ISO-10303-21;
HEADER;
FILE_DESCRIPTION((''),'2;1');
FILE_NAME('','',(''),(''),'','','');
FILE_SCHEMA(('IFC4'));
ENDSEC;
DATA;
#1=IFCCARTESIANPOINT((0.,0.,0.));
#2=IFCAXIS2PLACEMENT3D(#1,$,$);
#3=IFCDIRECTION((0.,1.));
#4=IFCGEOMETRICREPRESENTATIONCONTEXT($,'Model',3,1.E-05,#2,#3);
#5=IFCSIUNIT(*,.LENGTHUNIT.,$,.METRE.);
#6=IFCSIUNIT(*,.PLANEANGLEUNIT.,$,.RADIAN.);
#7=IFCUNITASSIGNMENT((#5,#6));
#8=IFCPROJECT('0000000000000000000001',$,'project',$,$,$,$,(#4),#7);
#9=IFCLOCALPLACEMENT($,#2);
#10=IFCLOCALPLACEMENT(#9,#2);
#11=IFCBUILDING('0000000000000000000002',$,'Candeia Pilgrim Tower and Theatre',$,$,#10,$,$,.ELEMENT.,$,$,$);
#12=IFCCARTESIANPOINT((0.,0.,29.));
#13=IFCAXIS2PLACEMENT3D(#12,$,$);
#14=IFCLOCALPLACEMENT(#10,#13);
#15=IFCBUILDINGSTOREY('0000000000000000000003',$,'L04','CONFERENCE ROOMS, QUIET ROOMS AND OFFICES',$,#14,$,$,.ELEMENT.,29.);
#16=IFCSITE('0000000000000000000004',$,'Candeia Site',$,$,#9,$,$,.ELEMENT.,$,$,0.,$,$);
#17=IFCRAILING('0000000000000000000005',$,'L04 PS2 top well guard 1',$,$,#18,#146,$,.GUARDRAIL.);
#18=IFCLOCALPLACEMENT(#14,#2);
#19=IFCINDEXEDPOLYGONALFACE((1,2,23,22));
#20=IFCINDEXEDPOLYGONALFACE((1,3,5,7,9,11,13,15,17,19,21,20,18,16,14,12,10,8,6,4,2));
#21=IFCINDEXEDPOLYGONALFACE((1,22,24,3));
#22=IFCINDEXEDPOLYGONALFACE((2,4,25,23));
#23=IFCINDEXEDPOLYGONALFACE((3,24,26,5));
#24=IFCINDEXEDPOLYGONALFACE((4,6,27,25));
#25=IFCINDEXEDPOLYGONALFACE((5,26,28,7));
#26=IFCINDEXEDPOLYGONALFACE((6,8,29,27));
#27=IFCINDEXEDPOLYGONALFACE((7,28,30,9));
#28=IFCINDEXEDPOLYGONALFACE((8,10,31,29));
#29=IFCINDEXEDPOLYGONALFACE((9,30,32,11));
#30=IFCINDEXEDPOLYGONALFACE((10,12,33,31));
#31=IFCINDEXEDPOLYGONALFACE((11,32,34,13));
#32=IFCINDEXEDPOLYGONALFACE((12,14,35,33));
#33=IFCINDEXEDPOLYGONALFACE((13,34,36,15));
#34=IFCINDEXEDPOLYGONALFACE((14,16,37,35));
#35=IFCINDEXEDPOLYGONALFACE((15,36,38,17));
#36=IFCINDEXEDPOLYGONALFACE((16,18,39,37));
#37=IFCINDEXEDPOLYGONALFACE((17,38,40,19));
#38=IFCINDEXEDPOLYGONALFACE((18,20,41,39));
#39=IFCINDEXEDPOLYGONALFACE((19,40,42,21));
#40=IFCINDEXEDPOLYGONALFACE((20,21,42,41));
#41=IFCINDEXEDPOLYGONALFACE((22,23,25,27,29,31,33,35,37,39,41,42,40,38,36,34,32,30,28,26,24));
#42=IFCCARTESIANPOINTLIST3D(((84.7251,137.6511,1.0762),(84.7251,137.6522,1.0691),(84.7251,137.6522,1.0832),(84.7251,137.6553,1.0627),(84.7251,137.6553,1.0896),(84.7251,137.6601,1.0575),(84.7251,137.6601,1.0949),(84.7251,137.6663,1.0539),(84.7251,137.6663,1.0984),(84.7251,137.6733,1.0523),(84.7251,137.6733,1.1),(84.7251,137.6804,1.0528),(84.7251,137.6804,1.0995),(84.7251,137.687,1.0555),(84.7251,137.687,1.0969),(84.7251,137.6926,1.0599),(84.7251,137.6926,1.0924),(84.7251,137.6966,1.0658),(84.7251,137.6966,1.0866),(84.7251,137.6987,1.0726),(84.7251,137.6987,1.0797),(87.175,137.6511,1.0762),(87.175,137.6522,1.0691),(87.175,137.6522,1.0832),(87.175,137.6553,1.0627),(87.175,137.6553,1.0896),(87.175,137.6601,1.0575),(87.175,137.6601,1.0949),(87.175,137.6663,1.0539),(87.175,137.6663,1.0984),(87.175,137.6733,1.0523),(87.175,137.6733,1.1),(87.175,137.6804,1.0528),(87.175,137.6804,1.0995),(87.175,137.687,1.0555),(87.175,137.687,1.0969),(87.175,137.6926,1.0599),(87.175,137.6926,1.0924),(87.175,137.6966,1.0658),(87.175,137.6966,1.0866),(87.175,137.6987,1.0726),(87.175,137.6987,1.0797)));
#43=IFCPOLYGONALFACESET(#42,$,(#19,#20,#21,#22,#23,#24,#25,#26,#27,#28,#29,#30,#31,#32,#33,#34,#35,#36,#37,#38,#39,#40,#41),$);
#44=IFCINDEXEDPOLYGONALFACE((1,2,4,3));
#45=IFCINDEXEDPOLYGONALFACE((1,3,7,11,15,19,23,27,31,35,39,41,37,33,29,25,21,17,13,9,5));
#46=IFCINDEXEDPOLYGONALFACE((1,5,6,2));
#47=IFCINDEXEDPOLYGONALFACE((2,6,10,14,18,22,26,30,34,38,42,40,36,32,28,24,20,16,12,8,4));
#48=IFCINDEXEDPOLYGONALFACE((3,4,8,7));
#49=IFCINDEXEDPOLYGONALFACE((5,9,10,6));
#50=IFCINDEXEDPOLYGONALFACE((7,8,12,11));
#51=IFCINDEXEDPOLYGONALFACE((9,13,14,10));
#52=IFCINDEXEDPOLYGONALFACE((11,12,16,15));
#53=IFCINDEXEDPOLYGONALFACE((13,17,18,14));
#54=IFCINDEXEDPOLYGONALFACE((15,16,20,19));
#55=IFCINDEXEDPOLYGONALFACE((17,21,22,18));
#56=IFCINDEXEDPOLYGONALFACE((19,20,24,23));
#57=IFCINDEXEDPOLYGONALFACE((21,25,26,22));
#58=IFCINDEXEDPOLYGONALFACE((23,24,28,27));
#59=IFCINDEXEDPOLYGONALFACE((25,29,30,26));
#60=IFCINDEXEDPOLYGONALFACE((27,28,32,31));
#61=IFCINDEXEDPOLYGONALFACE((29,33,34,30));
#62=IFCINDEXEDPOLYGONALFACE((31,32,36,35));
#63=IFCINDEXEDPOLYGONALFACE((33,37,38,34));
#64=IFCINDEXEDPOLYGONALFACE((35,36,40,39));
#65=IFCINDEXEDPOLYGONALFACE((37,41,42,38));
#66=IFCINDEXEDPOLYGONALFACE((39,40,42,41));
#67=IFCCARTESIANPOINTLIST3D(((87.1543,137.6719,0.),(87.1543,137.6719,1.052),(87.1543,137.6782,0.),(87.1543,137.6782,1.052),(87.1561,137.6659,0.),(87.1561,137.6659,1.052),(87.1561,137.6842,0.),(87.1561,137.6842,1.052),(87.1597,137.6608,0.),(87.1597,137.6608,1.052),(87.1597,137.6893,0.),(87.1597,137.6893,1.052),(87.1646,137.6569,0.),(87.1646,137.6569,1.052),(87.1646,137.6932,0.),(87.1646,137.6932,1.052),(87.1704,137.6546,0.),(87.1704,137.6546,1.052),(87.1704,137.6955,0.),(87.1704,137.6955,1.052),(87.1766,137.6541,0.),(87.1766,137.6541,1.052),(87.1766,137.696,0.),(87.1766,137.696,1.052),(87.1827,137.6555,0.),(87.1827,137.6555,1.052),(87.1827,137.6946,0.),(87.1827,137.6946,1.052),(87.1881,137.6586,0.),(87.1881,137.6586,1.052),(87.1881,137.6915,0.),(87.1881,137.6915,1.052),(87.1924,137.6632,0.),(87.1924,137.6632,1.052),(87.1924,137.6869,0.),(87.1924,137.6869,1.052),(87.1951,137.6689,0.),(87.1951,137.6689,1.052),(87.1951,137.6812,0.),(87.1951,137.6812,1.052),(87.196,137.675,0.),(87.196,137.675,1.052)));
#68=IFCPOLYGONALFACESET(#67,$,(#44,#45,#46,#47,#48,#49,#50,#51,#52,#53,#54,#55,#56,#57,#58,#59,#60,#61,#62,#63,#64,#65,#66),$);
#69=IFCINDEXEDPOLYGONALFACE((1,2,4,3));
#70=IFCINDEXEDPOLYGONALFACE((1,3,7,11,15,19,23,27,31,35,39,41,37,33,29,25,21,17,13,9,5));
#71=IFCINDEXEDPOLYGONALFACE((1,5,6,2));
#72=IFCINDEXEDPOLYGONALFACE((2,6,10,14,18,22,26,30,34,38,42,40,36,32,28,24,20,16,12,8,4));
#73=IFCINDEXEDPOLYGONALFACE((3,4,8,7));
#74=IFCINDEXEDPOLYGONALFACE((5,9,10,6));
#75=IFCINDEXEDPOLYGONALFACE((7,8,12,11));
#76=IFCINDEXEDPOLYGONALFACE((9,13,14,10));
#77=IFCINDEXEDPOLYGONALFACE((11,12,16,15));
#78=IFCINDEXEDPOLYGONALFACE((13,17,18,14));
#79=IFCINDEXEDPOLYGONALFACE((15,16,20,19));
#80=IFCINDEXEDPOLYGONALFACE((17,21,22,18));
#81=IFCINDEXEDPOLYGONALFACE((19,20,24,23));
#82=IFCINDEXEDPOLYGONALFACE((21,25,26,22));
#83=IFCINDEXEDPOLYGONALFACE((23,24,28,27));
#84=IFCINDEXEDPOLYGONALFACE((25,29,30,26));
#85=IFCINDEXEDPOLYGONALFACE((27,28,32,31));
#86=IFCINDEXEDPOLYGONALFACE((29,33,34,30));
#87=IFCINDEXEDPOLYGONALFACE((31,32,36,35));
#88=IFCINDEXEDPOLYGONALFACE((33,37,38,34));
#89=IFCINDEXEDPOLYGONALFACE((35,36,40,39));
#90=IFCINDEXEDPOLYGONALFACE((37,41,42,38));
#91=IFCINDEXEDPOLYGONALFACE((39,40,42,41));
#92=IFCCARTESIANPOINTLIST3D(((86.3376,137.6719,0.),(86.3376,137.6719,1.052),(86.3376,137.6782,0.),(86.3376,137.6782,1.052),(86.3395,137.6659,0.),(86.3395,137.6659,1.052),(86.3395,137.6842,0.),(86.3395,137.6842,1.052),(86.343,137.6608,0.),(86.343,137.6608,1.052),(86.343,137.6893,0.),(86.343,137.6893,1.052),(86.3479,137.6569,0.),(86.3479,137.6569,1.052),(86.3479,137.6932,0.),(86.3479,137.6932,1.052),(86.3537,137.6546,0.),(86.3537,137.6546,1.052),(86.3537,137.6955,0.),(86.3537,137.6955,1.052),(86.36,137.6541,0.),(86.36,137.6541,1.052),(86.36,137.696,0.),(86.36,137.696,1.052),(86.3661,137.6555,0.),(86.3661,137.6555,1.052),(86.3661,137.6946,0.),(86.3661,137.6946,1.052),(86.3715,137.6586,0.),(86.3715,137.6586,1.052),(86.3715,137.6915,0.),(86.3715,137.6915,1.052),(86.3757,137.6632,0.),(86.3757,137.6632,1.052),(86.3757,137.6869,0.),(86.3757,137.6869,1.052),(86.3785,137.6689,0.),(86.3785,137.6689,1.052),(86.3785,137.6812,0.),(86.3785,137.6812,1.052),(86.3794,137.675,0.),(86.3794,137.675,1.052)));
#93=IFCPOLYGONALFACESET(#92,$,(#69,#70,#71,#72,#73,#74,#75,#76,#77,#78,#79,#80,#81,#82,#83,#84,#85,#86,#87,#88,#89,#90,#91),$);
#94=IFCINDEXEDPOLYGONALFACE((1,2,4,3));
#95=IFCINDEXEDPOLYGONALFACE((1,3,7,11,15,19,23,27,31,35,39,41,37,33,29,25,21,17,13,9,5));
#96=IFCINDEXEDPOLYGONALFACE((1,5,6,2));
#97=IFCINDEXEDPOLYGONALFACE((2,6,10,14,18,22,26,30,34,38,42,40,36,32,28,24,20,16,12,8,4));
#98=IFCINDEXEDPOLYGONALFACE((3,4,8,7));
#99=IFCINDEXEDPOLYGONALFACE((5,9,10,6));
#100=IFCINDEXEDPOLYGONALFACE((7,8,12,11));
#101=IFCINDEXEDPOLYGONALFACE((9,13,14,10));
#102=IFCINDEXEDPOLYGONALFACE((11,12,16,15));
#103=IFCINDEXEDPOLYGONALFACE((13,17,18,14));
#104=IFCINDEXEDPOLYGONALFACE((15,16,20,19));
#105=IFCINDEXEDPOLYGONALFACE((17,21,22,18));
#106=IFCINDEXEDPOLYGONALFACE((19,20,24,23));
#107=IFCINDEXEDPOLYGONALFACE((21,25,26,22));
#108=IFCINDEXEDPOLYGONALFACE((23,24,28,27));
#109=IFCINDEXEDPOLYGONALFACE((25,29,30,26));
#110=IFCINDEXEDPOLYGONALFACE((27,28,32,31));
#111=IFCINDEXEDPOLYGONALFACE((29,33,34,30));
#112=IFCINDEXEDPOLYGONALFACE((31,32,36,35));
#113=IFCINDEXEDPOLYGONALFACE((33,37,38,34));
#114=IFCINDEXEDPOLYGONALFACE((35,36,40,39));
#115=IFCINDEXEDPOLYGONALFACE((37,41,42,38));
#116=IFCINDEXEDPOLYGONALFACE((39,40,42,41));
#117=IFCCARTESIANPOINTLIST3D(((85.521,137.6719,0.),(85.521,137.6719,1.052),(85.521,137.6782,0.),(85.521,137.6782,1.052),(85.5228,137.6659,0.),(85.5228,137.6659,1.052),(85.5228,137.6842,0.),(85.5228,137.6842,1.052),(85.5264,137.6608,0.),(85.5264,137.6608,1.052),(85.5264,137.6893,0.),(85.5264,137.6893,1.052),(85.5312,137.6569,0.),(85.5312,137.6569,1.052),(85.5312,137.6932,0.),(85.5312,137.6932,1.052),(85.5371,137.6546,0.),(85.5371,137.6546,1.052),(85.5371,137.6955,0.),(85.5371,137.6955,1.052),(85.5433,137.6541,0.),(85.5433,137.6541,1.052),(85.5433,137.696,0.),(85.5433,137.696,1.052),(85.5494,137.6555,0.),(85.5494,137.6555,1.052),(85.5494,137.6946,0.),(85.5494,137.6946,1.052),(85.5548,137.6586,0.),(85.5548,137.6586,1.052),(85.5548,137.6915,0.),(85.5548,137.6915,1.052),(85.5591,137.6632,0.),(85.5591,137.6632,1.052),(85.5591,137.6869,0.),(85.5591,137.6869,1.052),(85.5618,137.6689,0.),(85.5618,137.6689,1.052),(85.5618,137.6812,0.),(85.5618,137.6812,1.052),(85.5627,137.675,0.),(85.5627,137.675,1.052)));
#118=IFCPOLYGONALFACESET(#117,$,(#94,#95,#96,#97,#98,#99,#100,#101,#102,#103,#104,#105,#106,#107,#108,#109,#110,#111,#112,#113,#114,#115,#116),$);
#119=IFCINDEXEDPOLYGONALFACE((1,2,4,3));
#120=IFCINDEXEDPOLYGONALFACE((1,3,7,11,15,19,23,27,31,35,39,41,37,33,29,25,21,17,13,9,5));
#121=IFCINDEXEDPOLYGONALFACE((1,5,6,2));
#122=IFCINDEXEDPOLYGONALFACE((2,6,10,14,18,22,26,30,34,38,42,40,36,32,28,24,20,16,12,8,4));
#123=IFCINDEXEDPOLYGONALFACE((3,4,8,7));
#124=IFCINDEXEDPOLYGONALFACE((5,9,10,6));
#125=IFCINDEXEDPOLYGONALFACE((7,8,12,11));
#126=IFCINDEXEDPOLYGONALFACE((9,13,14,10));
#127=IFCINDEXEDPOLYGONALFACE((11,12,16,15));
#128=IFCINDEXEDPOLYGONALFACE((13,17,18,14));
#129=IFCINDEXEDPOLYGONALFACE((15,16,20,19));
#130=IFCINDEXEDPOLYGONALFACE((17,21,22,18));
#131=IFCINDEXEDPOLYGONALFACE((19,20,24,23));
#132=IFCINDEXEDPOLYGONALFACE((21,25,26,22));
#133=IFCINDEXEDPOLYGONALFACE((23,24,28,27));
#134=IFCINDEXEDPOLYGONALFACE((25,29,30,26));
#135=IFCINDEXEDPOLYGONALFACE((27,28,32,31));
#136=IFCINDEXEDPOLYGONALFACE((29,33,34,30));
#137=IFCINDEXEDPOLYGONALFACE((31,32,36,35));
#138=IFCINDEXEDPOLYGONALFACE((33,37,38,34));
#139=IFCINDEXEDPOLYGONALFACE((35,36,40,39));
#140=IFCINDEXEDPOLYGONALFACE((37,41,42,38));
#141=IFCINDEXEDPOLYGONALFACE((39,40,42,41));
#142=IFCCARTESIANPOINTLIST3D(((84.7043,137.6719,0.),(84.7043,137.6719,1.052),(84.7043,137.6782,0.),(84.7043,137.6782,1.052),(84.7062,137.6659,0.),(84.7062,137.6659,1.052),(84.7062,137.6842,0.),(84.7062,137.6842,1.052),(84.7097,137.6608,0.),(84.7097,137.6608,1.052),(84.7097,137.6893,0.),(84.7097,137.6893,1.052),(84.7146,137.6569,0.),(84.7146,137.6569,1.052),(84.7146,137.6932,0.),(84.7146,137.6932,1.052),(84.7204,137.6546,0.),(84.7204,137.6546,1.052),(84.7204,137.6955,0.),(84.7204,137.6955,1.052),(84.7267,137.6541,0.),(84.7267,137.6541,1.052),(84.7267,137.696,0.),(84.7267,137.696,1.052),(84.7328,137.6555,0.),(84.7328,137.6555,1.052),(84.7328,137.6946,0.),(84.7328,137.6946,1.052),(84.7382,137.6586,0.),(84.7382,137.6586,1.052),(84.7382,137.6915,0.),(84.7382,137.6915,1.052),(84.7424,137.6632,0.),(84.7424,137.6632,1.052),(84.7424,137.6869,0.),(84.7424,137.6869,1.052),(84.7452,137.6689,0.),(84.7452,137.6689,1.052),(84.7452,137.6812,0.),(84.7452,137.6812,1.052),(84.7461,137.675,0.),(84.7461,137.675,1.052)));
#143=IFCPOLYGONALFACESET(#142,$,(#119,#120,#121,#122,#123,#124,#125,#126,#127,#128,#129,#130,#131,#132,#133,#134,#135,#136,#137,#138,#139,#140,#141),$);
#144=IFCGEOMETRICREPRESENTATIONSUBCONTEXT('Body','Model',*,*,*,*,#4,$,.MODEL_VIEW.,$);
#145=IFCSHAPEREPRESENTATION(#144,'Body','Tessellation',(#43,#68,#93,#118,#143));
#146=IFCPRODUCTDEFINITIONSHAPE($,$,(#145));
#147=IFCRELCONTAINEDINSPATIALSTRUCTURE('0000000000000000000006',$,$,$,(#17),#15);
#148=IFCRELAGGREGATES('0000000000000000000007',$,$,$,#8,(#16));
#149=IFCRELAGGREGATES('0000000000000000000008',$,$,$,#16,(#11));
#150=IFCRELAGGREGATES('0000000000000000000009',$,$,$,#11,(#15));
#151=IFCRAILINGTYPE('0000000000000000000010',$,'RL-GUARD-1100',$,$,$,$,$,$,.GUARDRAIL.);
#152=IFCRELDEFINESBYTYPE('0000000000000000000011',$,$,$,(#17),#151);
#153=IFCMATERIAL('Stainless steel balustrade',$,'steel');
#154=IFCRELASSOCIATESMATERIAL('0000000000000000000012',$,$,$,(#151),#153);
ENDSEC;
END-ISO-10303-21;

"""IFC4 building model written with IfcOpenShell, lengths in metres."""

from ifc_helpers import new_model, si_unit, direction, frame, origin, origin_2d, place, context, subcontext, project, spatial, circle, extrude, material, type_object, element, save


model = new_model("IFC4")

# Units and contexts
model_context = context("Model", 3, precision=1e-05, world=origin(), true_north=direction((0.0, 1.0)))
body_context = subcontext(model_context, "Body", "Model", "MODEL_VIEW")
ifc_project = project(units=[si_unit("LENGTHUNIT", "METRE"), si_unit("PLANEANGLEUNIT", "RADIAN")], contexts=[model_context])

# Site, building, storey
site_placement = place(None, origin())
site = spatial("IfcSite", under=ifc_project, at=site_placement, Name="Candeia Site", CompositionType="ELEMENT", RefElevation=0.0)
building_placement = place(site_placement, origin())
building = spatial("IfcBuilding", under=site, at=building_placement, Name="Candeia Pilgrim Tower and Theatre", CompositionType="ELEMENT")
storey_placement = place(building_placement, frame((0.0, 0.0, 29.0)))
storey = spatial("IfcBuildingStorey", under=building, at=storey_placement, Name="L04", Description="CONFERENCE ROOMS, QUIET ROOMS AND OFFICES", CompositionType="ELEMENT", Elevation=29.0)

# Railing
ifc_material_1 = material(Name="Stainless steel balustrade", Category="steel")
railing_type = type_object("IfcRailingType", Name="RL-GUARD-1100", PredefinedType="GUARDRAIL", material=ifc_material_1)
railing_1_placement = place(storey_placement, frame((87.175, 137.675, 0.0)))
element("IfcRailing", 1, at=railing_1_placement, inside=storey, type_object=railing_type, Name="L04 PS2 top well guard 1", PredefinedType="GUARDRAIL", context=body_context, shape_type="SweptSolid", body=[
    extrude(circle(Radius=0.0239, at=origin_2d()), frame((0.0, 0.0, 1.0762), z_axis=(-1.0, 0.0, 0.0), x_axis=(0.0, -1.0, 0.0)), (0.0, 0.0, 1.0), 2.45),
    extrude(circle(Radius=0.021, at=origin_2d()), origin(), (0.0, 0.0, 1.0), 1.052),
    extrude(circle(Radius=0.021, at=origin_2d()), frame((-0.8167, 0.0, 0.0)), (0.0, 0.0, 1.0), 1.052),
    extrude(circle(Radius=0.021, at=origin_2d()), frame((-1.6333, 0.0, 0.0)), (0.0, 0.0, 1.0), 1.052),
    extrude(circle(Radius=0.021, at=origin_2d()), frame((-2.45, 0.0, 0.0)), (0.0, 0.0, 1.0), 1.052),
])

save(model, "model.ifc")
